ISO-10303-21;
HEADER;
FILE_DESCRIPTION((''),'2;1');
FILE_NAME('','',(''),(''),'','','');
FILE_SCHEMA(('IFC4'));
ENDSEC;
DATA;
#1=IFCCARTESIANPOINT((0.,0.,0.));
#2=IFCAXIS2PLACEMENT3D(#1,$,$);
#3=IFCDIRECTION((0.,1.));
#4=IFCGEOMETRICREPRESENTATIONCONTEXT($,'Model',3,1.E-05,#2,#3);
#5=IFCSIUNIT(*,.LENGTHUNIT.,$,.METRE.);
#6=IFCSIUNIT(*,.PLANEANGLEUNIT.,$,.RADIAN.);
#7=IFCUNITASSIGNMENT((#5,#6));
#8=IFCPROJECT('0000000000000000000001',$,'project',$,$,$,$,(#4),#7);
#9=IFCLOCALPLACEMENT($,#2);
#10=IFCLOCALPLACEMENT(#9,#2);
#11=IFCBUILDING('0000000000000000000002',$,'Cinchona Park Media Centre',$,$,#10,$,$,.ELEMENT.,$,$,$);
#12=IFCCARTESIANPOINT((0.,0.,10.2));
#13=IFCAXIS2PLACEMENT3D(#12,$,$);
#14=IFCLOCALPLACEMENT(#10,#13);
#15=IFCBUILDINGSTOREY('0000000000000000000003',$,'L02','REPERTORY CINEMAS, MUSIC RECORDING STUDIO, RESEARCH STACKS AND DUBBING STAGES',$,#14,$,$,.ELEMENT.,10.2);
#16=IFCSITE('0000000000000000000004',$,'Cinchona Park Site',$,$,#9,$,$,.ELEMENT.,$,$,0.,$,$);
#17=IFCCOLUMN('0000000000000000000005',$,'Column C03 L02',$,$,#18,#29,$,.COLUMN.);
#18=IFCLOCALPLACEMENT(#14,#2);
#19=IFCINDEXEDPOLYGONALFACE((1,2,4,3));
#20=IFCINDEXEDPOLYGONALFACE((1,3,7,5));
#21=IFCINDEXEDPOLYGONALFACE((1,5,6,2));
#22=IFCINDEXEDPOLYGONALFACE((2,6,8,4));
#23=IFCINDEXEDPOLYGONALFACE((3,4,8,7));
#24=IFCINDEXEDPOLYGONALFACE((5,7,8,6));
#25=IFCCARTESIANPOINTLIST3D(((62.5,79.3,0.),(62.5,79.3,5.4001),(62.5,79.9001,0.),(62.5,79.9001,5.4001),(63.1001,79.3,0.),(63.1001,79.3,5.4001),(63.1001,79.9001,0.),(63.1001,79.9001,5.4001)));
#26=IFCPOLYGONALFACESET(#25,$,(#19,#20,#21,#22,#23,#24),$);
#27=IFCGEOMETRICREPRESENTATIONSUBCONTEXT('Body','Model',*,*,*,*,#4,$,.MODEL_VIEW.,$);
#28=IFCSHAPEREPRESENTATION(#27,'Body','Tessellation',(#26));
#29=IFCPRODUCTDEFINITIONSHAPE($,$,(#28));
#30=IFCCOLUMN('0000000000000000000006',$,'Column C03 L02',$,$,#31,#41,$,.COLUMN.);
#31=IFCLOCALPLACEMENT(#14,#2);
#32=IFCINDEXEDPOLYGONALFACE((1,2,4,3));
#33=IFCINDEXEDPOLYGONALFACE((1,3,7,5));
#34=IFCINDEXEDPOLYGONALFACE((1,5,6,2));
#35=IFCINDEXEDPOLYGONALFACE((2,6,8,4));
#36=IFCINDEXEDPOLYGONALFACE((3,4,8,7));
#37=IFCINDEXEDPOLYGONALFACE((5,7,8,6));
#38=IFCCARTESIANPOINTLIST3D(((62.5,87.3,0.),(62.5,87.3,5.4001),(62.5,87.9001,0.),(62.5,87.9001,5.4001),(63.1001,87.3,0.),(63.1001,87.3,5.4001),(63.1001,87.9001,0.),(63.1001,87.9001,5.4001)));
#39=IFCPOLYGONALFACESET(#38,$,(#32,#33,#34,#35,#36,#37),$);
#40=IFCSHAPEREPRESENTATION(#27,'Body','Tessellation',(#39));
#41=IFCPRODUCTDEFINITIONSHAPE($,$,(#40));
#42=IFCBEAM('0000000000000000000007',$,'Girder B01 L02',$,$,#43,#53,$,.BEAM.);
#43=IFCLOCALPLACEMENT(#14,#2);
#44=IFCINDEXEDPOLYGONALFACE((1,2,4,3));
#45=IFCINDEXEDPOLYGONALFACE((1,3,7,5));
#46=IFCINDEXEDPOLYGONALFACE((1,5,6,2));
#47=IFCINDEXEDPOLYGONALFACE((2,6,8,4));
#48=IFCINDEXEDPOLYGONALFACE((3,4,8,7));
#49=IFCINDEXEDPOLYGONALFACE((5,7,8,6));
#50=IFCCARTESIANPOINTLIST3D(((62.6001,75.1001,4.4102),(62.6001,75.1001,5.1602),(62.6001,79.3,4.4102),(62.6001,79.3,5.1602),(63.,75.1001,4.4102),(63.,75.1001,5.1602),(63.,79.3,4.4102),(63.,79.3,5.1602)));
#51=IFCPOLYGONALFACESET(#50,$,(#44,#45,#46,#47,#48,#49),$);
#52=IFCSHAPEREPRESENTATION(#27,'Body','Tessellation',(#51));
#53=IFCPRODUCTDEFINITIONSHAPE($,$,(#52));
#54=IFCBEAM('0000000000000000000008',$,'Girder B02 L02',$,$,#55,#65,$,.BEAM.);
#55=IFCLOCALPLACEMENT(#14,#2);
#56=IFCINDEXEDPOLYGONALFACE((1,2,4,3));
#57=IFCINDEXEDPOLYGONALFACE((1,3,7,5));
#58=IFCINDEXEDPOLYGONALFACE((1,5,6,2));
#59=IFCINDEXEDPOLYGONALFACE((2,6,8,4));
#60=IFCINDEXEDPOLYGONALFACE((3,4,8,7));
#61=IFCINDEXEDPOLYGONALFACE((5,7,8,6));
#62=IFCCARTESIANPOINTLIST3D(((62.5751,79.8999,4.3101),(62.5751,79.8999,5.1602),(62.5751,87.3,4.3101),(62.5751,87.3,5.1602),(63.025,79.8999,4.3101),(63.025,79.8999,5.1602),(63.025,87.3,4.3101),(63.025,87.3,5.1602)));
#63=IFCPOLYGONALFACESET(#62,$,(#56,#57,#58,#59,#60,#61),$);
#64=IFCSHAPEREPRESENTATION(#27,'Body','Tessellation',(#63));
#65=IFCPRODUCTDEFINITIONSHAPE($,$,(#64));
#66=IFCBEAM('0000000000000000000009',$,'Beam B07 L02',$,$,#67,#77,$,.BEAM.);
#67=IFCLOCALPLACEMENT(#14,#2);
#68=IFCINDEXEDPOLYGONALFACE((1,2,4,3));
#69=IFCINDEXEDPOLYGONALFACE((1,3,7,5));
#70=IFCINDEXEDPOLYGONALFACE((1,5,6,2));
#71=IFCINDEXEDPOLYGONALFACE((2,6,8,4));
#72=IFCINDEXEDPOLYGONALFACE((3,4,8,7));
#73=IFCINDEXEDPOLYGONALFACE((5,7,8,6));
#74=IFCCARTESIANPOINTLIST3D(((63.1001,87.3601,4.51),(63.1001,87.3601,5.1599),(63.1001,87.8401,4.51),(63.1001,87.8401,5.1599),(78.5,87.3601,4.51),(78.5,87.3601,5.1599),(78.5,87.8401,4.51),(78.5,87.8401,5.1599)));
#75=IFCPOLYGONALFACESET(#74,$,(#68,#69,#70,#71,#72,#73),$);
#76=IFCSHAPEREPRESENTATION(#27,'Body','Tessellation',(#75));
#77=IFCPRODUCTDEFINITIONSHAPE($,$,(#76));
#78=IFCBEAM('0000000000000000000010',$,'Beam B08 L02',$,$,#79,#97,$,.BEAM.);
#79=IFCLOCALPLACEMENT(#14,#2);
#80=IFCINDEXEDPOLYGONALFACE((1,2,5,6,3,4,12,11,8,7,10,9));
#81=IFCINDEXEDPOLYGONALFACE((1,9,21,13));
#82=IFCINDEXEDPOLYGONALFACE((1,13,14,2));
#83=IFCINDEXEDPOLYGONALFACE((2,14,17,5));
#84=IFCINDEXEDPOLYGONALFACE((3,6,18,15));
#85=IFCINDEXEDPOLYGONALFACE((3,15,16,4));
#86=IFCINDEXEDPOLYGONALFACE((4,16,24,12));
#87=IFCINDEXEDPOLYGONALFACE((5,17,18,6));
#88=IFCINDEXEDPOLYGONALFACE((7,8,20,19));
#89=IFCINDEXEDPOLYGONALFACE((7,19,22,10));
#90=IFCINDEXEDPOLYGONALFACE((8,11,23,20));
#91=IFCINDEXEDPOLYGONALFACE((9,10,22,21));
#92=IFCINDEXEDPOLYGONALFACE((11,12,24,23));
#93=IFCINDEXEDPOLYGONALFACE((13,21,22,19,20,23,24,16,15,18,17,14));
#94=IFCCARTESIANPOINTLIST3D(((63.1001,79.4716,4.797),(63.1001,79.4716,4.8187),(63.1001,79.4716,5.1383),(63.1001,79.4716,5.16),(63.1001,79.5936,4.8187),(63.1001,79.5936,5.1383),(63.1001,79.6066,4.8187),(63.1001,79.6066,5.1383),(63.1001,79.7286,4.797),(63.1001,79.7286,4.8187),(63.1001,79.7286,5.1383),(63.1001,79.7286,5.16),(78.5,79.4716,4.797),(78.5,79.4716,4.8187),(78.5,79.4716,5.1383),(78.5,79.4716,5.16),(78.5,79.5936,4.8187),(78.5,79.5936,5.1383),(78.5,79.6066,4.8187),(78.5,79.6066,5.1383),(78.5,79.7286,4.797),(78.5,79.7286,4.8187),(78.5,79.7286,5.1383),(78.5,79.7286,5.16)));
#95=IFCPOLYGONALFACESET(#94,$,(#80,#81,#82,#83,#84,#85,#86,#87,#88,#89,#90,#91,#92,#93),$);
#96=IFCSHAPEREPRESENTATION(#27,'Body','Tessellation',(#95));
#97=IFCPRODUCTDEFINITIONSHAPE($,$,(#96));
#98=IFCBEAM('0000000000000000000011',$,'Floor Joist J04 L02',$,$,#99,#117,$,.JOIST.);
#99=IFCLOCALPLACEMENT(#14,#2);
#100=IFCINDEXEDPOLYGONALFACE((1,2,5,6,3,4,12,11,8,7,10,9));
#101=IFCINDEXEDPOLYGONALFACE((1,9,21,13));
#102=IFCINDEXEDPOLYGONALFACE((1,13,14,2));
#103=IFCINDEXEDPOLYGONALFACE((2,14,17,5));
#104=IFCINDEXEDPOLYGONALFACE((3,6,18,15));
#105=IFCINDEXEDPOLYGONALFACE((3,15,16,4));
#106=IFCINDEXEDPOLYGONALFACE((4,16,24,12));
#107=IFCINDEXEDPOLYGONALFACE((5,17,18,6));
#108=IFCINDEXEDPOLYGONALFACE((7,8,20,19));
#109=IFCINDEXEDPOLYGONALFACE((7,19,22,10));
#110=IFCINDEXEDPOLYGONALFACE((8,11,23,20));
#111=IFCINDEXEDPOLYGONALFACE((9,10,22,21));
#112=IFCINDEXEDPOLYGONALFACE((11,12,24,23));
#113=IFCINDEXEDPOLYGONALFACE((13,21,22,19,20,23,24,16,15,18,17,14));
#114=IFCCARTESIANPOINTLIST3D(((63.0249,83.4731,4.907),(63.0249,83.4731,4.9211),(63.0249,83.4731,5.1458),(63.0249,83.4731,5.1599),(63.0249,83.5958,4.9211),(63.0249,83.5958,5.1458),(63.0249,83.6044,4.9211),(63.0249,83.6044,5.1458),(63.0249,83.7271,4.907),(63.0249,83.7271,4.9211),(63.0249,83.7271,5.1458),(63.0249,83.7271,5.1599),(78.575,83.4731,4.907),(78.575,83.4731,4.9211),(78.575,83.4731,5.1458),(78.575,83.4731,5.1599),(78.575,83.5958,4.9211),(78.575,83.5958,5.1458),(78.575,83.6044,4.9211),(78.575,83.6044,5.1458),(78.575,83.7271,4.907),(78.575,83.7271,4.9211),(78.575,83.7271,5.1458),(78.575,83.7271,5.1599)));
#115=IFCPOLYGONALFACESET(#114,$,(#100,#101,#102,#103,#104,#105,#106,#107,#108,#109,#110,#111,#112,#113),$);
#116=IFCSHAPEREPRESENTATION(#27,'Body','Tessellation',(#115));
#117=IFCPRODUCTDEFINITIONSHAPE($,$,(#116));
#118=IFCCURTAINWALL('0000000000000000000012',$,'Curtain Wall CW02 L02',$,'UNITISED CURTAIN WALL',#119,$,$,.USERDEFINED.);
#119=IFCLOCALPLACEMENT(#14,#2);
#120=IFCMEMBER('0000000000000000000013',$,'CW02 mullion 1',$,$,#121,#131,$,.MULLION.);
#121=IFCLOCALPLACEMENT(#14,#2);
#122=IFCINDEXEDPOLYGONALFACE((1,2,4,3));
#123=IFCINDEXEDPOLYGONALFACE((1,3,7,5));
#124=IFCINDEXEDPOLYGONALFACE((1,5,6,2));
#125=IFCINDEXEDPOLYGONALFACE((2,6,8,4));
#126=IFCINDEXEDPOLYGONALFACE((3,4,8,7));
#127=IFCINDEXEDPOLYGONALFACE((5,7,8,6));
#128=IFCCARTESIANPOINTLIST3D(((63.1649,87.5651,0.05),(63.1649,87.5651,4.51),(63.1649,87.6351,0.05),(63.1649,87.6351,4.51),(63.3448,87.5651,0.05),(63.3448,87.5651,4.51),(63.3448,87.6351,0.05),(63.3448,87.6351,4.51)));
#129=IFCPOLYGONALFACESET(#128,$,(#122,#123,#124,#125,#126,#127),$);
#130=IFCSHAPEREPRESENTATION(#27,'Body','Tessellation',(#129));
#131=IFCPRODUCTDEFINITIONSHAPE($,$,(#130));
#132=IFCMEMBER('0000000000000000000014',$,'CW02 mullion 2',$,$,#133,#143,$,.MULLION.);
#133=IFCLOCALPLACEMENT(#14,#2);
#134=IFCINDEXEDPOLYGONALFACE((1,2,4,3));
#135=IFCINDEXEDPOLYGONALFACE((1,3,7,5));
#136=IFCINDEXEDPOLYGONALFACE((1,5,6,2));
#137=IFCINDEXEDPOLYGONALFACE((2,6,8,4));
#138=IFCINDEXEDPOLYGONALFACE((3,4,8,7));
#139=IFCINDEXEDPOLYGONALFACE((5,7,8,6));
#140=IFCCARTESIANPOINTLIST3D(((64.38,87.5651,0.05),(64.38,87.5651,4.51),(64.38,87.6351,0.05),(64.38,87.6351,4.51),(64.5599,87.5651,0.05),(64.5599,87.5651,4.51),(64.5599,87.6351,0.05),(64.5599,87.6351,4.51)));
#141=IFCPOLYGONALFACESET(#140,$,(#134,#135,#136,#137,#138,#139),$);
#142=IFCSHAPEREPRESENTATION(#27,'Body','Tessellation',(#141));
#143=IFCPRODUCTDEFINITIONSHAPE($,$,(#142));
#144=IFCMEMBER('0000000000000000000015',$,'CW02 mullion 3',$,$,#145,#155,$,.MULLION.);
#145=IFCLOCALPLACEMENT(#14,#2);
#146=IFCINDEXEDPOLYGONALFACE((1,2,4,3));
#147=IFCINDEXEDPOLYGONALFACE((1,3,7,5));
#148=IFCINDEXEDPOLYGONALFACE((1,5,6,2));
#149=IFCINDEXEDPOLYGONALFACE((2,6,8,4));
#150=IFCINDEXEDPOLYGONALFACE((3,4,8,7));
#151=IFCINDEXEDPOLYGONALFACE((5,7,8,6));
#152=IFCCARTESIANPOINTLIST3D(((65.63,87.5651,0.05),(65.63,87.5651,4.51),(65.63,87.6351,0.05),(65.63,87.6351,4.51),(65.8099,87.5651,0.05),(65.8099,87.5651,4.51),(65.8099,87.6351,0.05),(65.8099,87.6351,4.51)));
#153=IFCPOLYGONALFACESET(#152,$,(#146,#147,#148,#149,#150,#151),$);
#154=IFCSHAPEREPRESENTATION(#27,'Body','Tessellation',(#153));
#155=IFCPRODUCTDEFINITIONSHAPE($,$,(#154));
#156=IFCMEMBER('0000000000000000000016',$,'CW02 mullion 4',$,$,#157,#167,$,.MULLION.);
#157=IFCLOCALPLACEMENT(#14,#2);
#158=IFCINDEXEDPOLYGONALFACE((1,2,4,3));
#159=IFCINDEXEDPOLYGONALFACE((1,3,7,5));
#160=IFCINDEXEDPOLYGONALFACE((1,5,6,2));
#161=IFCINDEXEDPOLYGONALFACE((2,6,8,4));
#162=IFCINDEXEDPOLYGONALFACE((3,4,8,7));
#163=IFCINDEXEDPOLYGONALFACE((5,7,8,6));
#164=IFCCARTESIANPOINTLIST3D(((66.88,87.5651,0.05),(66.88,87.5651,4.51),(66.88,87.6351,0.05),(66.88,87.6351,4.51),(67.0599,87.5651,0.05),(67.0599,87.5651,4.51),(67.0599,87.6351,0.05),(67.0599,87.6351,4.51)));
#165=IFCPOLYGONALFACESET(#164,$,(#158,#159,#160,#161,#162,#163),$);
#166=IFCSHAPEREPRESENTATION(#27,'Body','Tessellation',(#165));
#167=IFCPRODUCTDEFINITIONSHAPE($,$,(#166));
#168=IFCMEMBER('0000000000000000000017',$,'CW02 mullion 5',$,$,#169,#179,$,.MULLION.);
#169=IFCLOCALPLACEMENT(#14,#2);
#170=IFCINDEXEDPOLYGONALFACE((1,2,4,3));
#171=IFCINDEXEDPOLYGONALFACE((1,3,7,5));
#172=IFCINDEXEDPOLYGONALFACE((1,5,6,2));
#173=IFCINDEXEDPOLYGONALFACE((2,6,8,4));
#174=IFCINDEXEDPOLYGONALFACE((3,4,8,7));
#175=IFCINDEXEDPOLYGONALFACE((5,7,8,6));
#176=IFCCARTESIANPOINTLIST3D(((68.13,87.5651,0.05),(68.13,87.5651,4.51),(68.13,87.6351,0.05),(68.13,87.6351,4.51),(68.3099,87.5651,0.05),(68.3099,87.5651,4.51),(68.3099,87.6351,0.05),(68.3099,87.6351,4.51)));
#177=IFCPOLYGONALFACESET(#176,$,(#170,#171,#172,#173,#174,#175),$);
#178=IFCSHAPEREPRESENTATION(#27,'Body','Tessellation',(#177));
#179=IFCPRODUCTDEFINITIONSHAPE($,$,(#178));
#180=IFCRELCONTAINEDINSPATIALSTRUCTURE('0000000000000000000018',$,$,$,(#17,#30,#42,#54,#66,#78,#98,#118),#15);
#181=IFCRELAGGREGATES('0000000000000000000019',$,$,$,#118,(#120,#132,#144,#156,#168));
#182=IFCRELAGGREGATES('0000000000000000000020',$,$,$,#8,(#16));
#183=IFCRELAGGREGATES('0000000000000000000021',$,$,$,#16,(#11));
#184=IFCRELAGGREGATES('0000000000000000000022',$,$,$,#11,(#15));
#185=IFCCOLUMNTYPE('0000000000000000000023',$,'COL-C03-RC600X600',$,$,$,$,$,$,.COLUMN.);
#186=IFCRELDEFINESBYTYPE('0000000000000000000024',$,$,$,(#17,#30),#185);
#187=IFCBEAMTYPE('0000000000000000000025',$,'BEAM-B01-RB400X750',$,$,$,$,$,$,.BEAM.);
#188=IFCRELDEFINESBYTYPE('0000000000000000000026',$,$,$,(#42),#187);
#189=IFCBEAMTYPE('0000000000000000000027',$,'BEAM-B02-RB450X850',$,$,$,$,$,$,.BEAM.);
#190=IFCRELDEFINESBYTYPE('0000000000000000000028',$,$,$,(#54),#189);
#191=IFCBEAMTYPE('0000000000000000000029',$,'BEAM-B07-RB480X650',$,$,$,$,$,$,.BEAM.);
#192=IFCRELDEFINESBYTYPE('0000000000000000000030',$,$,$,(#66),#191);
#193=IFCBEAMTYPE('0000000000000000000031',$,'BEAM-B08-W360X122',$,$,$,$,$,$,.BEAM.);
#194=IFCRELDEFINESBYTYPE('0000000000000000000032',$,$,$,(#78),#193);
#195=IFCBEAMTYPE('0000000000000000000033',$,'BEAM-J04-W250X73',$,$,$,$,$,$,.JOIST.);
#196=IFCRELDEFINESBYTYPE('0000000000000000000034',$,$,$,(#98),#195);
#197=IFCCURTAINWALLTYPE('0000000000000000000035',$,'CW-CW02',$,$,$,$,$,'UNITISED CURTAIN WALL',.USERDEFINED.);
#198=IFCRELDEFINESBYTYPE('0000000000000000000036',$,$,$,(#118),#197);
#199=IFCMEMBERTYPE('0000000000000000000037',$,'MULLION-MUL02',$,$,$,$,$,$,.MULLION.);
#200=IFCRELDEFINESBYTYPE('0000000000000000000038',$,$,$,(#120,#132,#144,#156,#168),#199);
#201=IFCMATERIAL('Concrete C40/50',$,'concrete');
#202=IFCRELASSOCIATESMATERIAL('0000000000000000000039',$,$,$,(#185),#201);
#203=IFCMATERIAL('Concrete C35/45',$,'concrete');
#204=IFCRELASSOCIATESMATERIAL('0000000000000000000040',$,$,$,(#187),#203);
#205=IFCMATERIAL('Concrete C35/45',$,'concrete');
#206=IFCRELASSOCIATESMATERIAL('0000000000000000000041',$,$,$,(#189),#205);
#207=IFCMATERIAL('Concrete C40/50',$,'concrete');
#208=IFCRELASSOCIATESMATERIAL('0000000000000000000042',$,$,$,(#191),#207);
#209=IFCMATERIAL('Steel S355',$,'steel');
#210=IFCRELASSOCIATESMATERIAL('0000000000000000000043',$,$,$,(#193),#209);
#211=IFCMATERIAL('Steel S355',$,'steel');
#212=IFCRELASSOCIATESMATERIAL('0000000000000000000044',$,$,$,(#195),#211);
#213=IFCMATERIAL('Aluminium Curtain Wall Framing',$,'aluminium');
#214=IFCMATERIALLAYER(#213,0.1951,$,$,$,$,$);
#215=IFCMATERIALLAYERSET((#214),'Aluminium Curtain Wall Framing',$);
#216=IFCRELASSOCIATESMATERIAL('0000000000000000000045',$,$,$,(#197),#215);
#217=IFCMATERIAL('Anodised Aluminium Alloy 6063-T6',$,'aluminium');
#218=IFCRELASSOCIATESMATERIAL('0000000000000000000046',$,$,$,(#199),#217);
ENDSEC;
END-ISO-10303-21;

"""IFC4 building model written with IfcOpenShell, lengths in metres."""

from ifc_helpers import new_model, si_unit, direction, frame, origin, origin_2d, place, context, subcontext, project, spatial, rectangle, i_section, extrude, material, layer, layer_set, material_profile, profile_set, type_object, element, aggregate, save


model = new_model("IFC4")

# Units and contexts
model_context = context("Model", 3, precision=1e-05, world=origin(), true_north=direction((0.0, 1.0)))
body_context = subcontext(model_context, "Body", "Model", "MODEL_VIEW")
ifc_project = project(units=[si_unit("LENGTHUNIT", "METRE"), si_unit("PLANEANGLEUNIT", "RADIAN")], contexts=[model_context])

# Site, building, storey
site_placement = place(None, origin())
site = spatial("IfcSite", under=ifc_project, at=site_placement, Name="Cinchona Park Site", CompositionType="ELEMENT", RefElevation=0.0)
building_placement = place(site_placement, origin())
building = spatial("IfcBuilding", under=site, at=building_placement, Name="Cinchona Park Media Centre", CompositionType="ELEMENT")
storey_placement = place(building_placement, frame((0.0, 0.0, 10.2)))
storey = spatial("IfcBuildingStorey", under=building, at=storey_placement, Name="L02", Description="REPERTORY CINEMAS, MUSIC RECORDING STUDIO, RESEARCH STACKS AND DUBBING STAGES", CompositionType="ELEMENT", Elevation=10.2)

# Columns
ifc_material_1 = material(Name="Concrete C40/50", Category="concrete")
ifc_material_profile_1 = material_profile(ifc_material_1, rectangle(XDim=0.6001, YDim=0.6001, at=origin_2d()), Name="RC 600X600")
ifc_profile_set_1 = profile_set([ifc_material_profile_1], Name="Concrete C40/50")
column_type = type_object("IfcColumnType", Name="COL-C03-RC600X600", PredefinedType="COLUMN", material=ifc_profile_set_1)
for number, where, z_axis, x_axis, name in (
    (1, (62.8, 79.6001, 0.0), (0.0, 0.0, 1.0), (1.0, 0.0, 0.0), "Column C03 L02"),
    (2, (62.8, 87.6001, 0.0), (0.0, 0.0, 1.0), (1.0, 0.0, 0.0), "Column C03 L02"),
):
    element("IfcColumn", number, at=place(storey_placement, frame(where, z_axis=z_axis, x_axis=x_axis)), inside=storey, type_object=column_type, Name=name, PredefinedType="COLUMN", context=body_context, shape_type="SweptSolid", body=[
        extrude(rectangle(XDim=0.6001, YDim=0.6001, at=origin_2d()), origin(), (0.0, 0.0, 1.0), 5.4001),
    ])

# Beams
ifc_material_2 = material(Name="Concrete C35/45", Category="concrete")
ifc_material_profile_2 = material_profile(ifc_material_2, rectangle(XDim=0.3999, YDim=0.75, at=origin_2d()), Name="RB 400X750")
ifc_profile_set_2 = profile_set([ifc_material_profile_2], Name="Concrete C35/45")
beam_type_1 = type_object("IfcBeamType", Name="BEAM-B01-RB400X750", PredefinedType="BEAM", material=ifc_profile_set_2)
beam_1_placement = place(storey_placement, frame((62.8, 75.1001, 4.7852), z_axis=(0.0, 1.0, 0.0), x_axis=(-1.0, 0.0, 0.0)))
element("IfcBeam", 3, at=beam_1_placement, inside=storey, type_object=beam_type_1, Name="Girder B01 L02", PredefinedType="BEAM", context=body_context, shape_type="SweptSolid", body=[
    extrude(rectangle(XDim=0.3999, YDim=0.75, at=origin_2d()), origin(), (0.0, 0.0, 1.0), 4.2),
])
ifc_material_3 = material(Name="Concrete C35/45", Category="concrete")
ifc_material_profile_3 = material_profile(ifc_material_3, rectangle(XDim=0.45, YDim=0.8501, at=origin_2d()), Name="RB 450X850")
ifc_profile_set_3 = profile_set([ifc_material_profile_3], Name="Concrete C35/45")
beam_type_2 = type_object("IfcBeamType", Name="BEAM-B02-RB450X850", PredefinedType="BEAM", material=ifc_profile_set_3)
beam_2_placement = place(storey_placement, frame((62.8, 79.8999, 4.7351), z_axis=(0.0, 1.0, 0.0), x_axis=(-1.0, 0.0, 0.0)))
element("IfcBeam", 4, at=beam_2_placement, inside=storey, type_object=beam_type_2, Name="Girder B02 L02", PredefinedType="BEAM", context=body_context, shape_type="SweptSolid", body=[
    extrude(rectangle(XDim=0.45, YDim=0.8501, at=origin_2d()), origin(), (0.0, 0.0, 1.0), 7.4001),
])
ifc_material_4 = material(Name="Concrete C40/50", Category="concrete")
ifc_material_profile_4 = material_profile(ifc_material_4, rectangle(XDim=0.48, YDim=0.6499, at=origin_2d()), Name="RB 480X650")
ifc_profile_set_4 = profile_set([ifc_material_profile_4], Name="Concrete C40/50")
beam_type_3 = type_object("IfcBeamType", Name="BEAM-B07-RB480X650", PredefinedType="BEAM", material=ifc_profile_set_4)
beam_3_placement = place(storey_placement, frame((63.1001, 87.6001, 4.835), z_axis=(1.0, 0.0, 0.0), x_axis=(0.0, 1.0, 0.0)))
element("IfcBeam", 5, at=beam_3_placement, inside=storey, type_object=beam_type_3, Name="Beam B07 L02", PredefinedType="BEAM", context=body_context, shape_type="SweptSolid", body=[
    extrude(rectangle(XDim=0.48, YDim=0.6499, at=origin_2d()), origin(), (0.0, 0.0, 1.0), 15.3999),
])
ifc_material_5 = material(Name="Steel S355", Category="steel")
ifc_material_profile_5 = material_profile(ifc_material_5, i_section(OverallWidth=0.2571, OverallDepth=0.363, WebThickness=0.0129, FlangeThickness=0.0217, at=origin_2d()), Name="W360X122")
ifc_profile_set_5 = profile_set([ifc_material_profile_5], Name="Steel S355")
beam_type_4 = type_object("IfcBeamType", Name="BEAM-B08-W360X122", PredefinedType="BEAM", material=ifc_profile_set_5)
beam_4_placement = place(storey_placement, frame((63.1001, 79.6001, 4.9785), z_axis=(1.0, 0.0, 0.0), x_axis=(0.0, 1.0, 0.0)))
element("IfcBeam", 6, at=beam_4_placement, inside=storey, type_object=beam_type_4, Name="Beam B08 L02", PredefinedType="BEAM", context=body_context, shape_type="SweptSolid", body=[
    extrude(i_section(OverallWidth=0.2571, OverallDepth=0.363, WebThickness=0.0129, FlangeThickness=0.0217, at=origin_2d()), origin(), (0.0, 0.0, 1.0), 15.3999),
])
ifc_material_6 = material(Name="Steel S355", Category="steel")
ifc_material_profile_6 = material_profile(ifc_material_6, i_section(OverallWidth=0.2539, OverallDepth=0.2529, WebThickness=0.0085, FlangeThickness=0.0142, at=origin_2d()), Name="W250X73")
ifc_profile_set_6 = profile_set([ifc_material_profile_6], Name="Steel S355")
beam_type_5 = type_object("IfcBeamType", Name="BEAM-J04-W250X73", PredefinedType="JOIST", material=ifc_profile_set_6)
beam_5_placement = place(storey_placement, frame((63.0249, 83.6001, 5.0334), z_axis=(1.0, 0.0, 0.0), x_axis=(0.0, 1.0, 0.0)))
element("IfcBeam", 7, at=beam_5_placement, inside=storey, type_object=beam_type_5, Name="Floor Joist J04 L02", PredefinedType="JOIST", context=body_context, shape_type="SweptSolid", body=[
    extrude(i_section(OverallWidth=0.2539, OverallDepth=0.2529, WebThickness=0.0085, FlangeThickness=0.0142, at=origin_2d()), origin(), (0.0, 0.0, 1.0), 15.55),
])

# Curtain wall, members
ifc_material_7 = material(Name="Aluminium Curtain Wall Framing", Category="aluminium")
ifc_layer_1 = layer(ifc_material_7, 0.1951)
ifc_layer_set_1 = layer_set([ifc_layer_1], Name="Aluminium Curtain Wall Framing")
curtain_wall_type_1 = type_object("IfcCurtainWallType", Name="CW-CW02", ElementType="UNITISED CURTAIN WALL", PredefinedType="USERDEFINED", material=ifc_layer_set_1)
curtain_wall_1_placement = place(storey_placement, origin())
curtain_wall_1 = element("IfcCurtainWall", 8, at=curtain_wall_1_placement, inside=storey, type_object=curtain_wall_type_1, Name="Curtain Wall CW02 L02", ObjectType="UNITISED CURTAIN WALL", PredefinedType="USERDEFINED")
ifc_material_8 = material(Name="Anodised Aluminium Alloy 6063-T6", Category="aluminium")
ifc_material_profile_7 = material_profile(ifc_material_8, rectangle(XDim=0.0701, YDim=0.1799, at=origin_2d()), Name="MUL-70X180")
ifc_profile_set_7 = profile_set([ifc_material_profile_7], Name="Anodised Aluminium Alloy 6063-T6")
member_type_1 = type_object("IfcMemberType", Name="MULLION-MUL02", PredefinedType="MULLION", material=ifc_profile_set_7)
member_1_placement = place(storey_placement, frame((63.2549, 87.6001, 0.05), z_axis=(0.0, 0.0, 1.0), x_axis=(0.0, 1.0, 0.0)))
member_1 = element("IfcMember", 9, at=member_1_placement, type_object=member_type_1, Name="CW02 mullion 1", PredefinedType="MULLION", context=body_context, shape_type="SweptSolid", body=[
    extrude(rectangle(XDim=0.0701, YDim=0.1799, at=origin_2d()), origin(), (0.0, 0.0, 1.0), 4.46),
])
member_2_placement = place(storey_placement, frame((64.47, 87.6001, 0.05), z_axis=(0.0, 0.0, 1.0), x_axis=(0.0, 1.0, 0.0)))
member_2 = element("IfcMember", 10, at=member_2_placement, type_object=member_type_1, Name="CW02 mullion 2", PredefinedType="MULLION", context=body_context, shape_type="SweptSolid", body=[
    extrude(rectangle(XDim=0.0701, YDim=0.1799, at=origin_2d()), origin(), (0.0, 0.0, 1.0), 4.46),
])
member_3_placement = place(storey_placement, frame((65.72, 87.6001, 0.05), z_axis=(0.0, 0.0, 1.0), x_axis=(0.0, 1.0, 0.0)))
member_3 = element("IfcMember", 11, at=member_3_placement, type_object=member_type_1, Name="CW02 mullion 3", PredefinedType="MULLION", context=body_context, shape_type="SweptSolid", body=[
    extrude(rectangle(XDim=0.0701, YDim=0.1799, at=origin_2d()), origin(), (0.0, 0.0, 1.0), 4.46),
])
member_4_placement = place(storey_placement, frame((66.97, 87.6001, 0.05), z_axis=(0.0, 0.0, 1.0), x_axis=(0.0, 1.0, 0.0)))
member_4 = element("IfcMember", 12, at=member_4_placement, type_object=member_type_1, Name="CW02 mullion 4", PredefinedType="MULLION", context=body_context, shape_type="SweptSolid", body=[
    extrude(rectangle(XDim=0.0701, YDim=0.1799, at=origin_2d()), origin(), (0.0, 0.0, 1.0), 4.46),
])
member_5_placement = place(storey_placement, frame((68.22, 87.6001, 0.05), z_axis=(0.0, 0.0, 1.0), x_axis=(0.0, 1.0, 0.0)))
member_5 = element("IfcMember", 13, at=member_5_placement, type_object=member_type_1, Name="CW02 mullion 5", PredefinedType="MULLION", context=body_context, shape_type="SweptSolid", body=[
    extrude(rectangle(XDim=0.0701, YDim=0.1799, at=origin_2d()), origin(), (0.0, 0.0, 1.0), 4.46),
])

aggregate(curtain_wall_1, [member_1, member_2, member_3, member_4, member_5])

save(model, "model.ifc")
